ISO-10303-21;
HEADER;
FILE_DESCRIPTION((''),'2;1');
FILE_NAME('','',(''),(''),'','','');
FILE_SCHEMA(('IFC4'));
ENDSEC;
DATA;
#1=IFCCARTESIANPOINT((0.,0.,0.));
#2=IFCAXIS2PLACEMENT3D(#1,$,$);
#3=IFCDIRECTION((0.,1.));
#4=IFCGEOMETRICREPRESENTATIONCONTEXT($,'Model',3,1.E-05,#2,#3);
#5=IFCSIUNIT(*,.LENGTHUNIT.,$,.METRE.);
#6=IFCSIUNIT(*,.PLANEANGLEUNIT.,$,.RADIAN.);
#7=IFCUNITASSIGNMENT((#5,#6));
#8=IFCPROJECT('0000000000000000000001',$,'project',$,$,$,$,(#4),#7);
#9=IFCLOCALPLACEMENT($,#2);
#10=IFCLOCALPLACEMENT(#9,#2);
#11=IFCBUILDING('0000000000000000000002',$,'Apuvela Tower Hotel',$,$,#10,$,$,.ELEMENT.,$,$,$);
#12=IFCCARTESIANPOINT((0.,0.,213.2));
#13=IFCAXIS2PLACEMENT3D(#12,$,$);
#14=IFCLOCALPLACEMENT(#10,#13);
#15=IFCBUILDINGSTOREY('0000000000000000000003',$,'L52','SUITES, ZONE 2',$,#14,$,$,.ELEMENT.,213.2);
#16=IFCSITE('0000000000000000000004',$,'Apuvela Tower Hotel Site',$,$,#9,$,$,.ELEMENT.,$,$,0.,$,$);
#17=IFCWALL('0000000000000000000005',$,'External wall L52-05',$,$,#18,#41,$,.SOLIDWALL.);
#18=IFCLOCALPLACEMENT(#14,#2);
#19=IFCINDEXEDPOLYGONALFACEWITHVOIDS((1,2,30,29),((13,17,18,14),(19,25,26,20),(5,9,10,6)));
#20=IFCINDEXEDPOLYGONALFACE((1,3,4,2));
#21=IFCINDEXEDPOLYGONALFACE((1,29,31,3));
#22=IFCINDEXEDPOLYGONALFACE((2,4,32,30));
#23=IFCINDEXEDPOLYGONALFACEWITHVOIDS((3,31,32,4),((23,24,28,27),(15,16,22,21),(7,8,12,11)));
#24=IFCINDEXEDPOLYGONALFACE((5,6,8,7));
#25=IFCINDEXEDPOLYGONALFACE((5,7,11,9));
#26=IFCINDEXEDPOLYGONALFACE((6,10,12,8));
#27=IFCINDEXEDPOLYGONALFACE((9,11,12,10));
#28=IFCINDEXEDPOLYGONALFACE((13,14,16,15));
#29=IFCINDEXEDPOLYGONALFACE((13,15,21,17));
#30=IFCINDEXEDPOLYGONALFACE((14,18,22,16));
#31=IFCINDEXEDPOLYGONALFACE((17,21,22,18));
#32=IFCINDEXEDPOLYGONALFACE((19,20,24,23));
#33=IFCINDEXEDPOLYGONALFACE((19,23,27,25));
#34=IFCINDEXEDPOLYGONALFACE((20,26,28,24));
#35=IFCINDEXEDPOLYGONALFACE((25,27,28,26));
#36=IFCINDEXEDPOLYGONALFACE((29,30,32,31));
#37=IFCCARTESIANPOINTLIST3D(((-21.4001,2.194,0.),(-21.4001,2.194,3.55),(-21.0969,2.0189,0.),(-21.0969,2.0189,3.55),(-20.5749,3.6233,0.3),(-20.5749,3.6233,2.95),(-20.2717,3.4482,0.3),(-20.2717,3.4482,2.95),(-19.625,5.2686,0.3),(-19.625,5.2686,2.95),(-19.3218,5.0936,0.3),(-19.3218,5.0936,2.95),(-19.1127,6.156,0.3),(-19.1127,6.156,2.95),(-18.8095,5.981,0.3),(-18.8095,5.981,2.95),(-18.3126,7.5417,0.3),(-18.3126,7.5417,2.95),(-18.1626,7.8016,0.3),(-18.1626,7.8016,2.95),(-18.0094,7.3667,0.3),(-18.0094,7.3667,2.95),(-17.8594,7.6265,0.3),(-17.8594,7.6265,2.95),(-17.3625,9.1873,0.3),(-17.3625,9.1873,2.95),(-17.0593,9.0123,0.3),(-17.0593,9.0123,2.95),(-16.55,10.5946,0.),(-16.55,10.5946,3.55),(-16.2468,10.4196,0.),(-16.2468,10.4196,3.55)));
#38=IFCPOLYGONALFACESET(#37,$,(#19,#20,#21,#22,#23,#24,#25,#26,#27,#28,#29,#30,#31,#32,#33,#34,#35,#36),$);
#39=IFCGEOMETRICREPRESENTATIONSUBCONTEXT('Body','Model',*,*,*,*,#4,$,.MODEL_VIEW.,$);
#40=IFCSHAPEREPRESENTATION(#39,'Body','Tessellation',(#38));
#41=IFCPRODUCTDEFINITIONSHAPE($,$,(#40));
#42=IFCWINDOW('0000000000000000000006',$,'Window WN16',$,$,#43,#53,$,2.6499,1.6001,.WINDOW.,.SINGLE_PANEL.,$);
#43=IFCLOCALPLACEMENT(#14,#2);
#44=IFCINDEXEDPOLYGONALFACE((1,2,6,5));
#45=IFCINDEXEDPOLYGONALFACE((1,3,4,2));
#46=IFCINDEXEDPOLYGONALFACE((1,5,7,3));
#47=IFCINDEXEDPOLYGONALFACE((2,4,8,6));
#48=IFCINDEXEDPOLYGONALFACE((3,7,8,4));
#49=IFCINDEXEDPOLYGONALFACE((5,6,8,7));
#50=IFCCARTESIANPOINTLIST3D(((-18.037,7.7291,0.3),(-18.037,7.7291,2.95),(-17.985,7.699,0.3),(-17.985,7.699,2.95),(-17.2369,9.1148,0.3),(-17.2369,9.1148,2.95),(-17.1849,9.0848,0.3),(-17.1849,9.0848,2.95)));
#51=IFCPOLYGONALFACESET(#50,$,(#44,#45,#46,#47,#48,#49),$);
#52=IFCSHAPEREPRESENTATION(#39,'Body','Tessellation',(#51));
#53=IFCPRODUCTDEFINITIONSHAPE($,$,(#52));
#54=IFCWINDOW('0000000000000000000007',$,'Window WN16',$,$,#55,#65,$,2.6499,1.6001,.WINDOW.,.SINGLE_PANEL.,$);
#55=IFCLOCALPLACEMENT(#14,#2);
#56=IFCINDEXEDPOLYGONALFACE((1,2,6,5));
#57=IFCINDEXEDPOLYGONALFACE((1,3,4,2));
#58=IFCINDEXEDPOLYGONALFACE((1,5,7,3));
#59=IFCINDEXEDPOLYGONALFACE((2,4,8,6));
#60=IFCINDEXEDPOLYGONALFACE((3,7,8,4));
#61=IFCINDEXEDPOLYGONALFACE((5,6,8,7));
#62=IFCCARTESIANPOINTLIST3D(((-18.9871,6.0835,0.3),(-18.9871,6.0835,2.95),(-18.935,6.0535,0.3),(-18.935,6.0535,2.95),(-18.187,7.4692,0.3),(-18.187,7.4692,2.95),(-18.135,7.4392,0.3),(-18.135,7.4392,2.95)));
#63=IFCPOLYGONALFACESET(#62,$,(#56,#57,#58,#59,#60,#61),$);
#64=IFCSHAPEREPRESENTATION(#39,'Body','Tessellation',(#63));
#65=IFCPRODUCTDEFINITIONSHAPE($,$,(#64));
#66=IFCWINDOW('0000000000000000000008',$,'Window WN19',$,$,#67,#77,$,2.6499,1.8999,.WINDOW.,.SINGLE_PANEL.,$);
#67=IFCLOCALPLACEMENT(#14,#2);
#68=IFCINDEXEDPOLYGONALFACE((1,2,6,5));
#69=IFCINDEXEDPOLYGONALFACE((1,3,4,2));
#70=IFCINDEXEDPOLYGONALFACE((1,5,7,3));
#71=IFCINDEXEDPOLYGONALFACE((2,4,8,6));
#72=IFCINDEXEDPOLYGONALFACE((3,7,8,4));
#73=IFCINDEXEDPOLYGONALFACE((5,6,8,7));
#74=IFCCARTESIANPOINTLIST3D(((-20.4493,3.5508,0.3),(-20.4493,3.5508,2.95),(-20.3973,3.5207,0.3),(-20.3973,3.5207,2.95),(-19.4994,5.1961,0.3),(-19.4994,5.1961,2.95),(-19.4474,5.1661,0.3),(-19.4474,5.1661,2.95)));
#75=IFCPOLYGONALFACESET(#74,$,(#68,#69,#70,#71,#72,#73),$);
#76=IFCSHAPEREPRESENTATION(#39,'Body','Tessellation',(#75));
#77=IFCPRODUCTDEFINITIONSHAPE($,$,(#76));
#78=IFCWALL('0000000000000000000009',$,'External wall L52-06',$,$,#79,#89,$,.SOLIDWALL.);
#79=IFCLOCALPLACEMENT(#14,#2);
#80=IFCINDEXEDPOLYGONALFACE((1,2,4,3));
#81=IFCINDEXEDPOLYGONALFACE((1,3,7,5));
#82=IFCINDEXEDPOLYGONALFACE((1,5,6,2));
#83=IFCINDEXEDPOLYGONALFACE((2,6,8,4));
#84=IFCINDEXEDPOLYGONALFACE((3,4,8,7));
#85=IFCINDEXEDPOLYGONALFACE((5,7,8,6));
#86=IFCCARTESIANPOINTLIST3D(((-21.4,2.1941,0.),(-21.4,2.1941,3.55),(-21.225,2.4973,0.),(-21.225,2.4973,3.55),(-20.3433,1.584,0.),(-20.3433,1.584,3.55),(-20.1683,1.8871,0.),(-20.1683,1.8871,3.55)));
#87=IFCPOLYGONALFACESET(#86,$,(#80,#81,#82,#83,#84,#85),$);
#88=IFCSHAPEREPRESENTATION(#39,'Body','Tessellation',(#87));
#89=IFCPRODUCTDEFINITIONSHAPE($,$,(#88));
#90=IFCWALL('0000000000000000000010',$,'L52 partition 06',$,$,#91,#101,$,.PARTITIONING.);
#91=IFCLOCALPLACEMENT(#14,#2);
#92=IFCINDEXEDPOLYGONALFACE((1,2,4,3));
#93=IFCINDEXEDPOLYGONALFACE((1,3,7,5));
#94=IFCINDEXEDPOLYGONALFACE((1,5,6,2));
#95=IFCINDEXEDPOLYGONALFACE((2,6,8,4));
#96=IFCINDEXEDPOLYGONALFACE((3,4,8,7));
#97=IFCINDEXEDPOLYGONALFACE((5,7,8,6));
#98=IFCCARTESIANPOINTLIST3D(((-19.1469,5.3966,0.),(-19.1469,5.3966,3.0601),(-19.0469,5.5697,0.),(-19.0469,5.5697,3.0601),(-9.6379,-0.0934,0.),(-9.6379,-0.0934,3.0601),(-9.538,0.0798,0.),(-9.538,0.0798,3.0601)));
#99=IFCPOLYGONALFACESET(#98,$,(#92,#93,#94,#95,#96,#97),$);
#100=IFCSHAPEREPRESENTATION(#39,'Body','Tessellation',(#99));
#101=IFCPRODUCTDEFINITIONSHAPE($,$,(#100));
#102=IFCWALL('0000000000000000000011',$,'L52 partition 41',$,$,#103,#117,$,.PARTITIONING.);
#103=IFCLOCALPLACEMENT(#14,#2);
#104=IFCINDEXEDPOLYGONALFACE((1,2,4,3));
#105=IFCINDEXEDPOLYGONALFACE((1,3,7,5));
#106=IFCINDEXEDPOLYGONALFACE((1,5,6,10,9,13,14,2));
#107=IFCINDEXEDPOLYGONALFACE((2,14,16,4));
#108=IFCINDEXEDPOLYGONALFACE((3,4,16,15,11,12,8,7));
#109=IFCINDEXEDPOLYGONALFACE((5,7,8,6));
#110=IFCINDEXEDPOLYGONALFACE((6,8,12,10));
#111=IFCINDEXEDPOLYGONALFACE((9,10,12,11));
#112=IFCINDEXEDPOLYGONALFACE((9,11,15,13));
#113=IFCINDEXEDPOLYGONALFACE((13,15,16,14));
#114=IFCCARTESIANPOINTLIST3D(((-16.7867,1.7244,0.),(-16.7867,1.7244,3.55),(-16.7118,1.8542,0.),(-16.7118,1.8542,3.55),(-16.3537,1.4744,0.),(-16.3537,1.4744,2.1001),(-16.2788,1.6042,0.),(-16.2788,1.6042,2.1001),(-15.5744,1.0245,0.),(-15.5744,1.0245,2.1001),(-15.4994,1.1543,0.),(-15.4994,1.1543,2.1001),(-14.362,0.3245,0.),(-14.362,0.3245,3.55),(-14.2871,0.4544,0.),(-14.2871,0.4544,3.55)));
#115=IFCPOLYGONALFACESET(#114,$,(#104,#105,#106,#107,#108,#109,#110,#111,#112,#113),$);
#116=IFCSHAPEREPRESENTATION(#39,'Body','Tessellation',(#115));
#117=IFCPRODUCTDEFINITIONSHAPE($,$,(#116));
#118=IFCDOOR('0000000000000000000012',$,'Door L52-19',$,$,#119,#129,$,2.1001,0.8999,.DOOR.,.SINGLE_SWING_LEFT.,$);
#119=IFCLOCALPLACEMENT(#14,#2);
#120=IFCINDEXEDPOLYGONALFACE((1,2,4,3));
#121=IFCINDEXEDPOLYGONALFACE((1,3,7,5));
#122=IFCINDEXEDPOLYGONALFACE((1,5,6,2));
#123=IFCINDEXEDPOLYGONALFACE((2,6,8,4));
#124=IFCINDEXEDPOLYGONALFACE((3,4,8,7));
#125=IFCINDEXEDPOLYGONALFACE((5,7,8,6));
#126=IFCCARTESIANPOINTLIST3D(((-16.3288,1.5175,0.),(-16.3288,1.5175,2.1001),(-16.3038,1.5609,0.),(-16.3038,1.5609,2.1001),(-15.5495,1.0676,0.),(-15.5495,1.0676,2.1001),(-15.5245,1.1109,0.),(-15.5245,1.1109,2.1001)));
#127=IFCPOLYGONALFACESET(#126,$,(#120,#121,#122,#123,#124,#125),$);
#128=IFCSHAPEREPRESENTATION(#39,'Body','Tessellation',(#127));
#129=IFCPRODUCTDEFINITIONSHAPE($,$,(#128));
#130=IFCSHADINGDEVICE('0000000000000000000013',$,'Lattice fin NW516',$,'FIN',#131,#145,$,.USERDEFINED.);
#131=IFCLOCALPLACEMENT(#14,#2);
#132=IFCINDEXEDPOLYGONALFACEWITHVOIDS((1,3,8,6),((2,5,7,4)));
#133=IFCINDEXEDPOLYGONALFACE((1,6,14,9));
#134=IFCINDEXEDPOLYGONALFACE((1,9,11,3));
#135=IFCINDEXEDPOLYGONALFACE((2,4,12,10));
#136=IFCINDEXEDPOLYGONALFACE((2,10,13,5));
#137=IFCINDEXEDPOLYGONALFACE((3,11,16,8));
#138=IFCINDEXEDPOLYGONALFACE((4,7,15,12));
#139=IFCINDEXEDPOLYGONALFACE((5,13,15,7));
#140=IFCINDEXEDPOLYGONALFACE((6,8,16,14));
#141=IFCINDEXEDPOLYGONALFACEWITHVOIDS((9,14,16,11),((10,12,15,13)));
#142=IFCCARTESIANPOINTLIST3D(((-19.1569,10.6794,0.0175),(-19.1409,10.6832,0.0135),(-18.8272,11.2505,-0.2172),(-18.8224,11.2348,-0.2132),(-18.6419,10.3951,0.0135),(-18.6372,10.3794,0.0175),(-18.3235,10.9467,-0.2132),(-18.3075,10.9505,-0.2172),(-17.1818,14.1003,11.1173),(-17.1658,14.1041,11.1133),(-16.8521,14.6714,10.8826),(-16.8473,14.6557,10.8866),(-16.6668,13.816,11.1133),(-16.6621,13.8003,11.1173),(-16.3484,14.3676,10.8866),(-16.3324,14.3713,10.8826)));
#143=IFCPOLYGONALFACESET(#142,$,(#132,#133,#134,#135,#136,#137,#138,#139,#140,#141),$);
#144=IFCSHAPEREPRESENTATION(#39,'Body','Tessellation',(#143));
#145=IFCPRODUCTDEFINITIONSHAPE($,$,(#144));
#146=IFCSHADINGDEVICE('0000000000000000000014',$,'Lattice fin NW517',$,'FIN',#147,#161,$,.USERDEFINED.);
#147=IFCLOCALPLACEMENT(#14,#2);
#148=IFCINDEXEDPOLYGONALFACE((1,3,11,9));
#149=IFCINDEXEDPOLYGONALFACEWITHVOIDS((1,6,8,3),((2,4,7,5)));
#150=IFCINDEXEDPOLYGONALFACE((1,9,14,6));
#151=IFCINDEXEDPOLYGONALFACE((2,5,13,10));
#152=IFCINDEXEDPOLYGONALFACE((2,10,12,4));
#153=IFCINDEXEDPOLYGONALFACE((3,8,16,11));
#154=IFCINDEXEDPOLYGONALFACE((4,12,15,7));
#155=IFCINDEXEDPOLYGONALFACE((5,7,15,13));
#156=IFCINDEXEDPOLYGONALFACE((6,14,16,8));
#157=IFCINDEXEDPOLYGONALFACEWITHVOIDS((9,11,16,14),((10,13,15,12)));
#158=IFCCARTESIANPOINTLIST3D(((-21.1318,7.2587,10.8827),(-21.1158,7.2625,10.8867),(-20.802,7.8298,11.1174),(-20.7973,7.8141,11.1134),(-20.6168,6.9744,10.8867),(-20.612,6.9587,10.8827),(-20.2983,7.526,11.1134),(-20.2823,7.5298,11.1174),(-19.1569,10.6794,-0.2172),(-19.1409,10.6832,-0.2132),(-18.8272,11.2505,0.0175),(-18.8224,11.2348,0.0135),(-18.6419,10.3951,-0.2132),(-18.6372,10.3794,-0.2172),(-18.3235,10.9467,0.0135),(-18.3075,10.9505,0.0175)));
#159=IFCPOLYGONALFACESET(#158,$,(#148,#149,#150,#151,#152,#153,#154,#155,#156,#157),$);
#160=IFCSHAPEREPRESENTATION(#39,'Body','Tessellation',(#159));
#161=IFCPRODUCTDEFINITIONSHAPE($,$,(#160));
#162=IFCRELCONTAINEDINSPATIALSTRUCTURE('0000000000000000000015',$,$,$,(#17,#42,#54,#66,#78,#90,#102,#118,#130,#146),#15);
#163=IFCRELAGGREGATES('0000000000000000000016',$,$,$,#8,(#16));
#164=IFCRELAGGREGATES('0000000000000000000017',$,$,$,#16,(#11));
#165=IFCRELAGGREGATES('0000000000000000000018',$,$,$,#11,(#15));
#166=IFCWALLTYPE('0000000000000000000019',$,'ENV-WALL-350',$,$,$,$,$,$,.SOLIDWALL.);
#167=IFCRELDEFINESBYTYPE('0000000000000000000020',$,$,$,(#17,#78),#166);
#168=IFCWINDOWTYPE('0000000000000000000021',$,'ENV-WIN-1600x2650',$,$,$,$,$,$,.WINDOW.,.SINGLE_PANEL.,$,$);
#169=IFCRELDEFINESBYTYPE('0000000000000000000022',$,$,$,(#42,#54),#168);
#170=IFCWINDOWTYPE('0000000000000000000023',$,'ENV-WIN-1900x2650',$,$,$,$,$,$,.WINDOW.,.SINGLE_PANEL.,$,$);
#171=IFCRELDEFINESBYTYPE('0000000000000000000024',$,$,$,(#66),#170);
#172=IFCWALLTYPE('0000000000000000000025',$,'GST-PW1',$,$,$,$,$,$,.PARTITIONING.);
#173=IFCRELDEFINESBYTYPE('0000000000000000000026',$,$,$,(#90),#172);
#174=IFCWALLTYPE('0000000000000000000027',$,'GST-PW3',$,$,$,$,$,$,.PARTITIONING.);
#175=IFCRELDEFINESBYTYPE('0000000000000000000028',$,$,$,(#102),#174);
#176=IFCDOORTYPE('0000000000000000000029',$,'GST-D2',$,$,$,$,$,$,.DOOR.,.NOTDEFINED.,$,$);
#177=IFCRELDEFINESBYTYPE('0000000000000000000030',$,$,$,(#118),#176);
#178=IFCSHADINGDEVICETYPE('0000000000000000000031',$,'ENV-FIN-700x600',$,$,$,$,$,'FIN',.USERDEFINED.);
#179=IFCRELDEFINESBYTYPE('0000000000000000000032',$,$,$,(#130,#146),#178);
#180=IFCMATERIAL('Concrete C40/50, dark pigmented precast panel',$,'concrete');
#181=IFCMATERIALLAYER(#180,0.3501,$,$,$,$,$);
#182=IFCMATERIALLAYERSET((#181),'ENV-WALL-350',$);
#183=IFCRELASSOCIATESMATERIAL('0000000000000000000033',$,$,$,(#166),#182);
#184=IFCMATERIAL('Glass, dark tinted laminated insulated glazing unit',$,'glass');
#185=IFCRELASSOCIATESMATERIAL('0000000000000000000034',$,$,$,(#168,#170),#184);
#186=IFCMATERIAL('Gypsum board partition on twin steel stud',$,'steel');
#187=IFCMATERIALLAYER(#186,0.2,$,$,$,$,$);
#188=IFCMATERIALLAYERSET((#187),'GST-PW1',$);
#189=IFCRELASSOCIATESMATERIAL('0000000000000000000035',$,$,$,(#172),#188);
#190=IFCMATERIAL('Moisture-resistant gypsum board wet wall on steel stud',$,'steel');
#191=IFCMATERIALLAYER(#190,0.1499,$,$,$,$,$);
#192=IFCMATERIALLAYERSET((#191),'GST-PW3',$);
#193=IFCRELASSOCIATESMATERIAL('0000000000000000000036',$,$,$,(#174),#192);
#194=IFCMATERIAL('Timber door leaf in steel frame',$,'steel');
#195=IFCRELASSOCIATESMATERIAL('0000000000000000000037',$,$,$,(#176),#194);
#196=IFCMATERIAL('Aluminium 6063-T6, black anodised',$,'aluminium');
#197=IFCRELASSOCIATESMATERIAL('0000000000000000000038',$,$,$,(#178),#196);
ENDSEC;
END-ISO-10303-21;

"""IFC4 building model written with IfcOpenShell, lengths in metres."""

from ifc_helpers import new_model, si_unit, direction, frame, frame_2d, origin, origin_2d, place, context, subcontext, project, spatial, rectangle, hollow_rectangle, extrude, material, layer, layer_set, material_profile, profile_set, type_object, element, fill, save


model = new_model("IFC4")

# Units and contexts
model_context = context("Model", 3, precision=1e-05, world=origin(), true_north=direction((0.0, 1.0)))
body_context = subcontext(model_context, "Body", "Model", "MODEL_VIEW")
ifc_project = project(units=[si_unit("LENGTHUNIT", "METRE"), si_unit("PLANEANGLEUNIT", "RADIAN")], contexts=[model_context])

# Site, building, storey
site_placement = place(None, origin())
site = spatial("IfcSite", under=ifc_project, at=site_placement, Name="Apuvela Tower Hotel Site", CompositionType="ELEMENT", RefElevation=0.0)
building_placement = place(site_placement, origin())
building = spatial("IfcBuilding", under=site, at=building_placement, Name="Apuvela Tower Hotel", CompositionType="ELEMENT")
storey_placement = place(building_placement, frame((0.0, 0.0, 213.2)))
storey = spatial("IfcBuildingStorey", under=building, at=storey_placement, Name="L52", Description="SUITES, ZONE 2", CompositionType="ELEMENT", Elevation=213.2)

# Wall, openings, windows
ifc_material_1 = material(Name="Concrete C40/50, dark pigmented precast panel", Category="concrete")
ifc_layer_1 = layer(ifc_material_1, 0.3501)
ifc_layer_set_1 = layer_set([ifc_layer_1], Name="ENV-WALL-350")
wall_type_1 = type_object("IfcWallType", Name="ENV-WALL-350", PredefinedType="SOLIDWALL", material=ifc_layer_set_1)
wall_1_placement = place(storey_placement, frame((-16.3984, 10.5071, 0.0), z_axis=(0.0, 0.0, 1.0), x_axis=(-0.499999, -0.866026, 0.0)))
wall_1 = element("IfcWall", 1, at=wall_1_placement, inside=storey, type_object=wall_type_1, Name="External wall L52-05", PredefinedType="SOLIDWALL", context=body_context, shape_type="SweptSolid", body=[
    extrude(rectangle(XDim=9.7002, YDim=0.3501, at=frame_2d((4.8501, 0.0))), origin(), (0.0, 0.0, 1.0), 3.55),
])
opening_1_placement = place(wall_1_placement, frame((1.625, 0.0, 0.3)))
opening_1 = element("IfcOpeningElement", 2, at=opening_1_placement, cuts=wall_1, PredefinedType="OPENING", context=body_context, shape_type="SweptSolid", body=[
    extrude(rectangle(XDim=1.6001, YDim=2.6499, at=frame_2d((0.8, 1.325))), frame((0.0, 0.1851, 0.0), z_axis=(0.0, -1.0, 0.0), x_axis=(1.0, 0.0, 0.0)), (0.0, 0.0, 1.0), 0.3701),
])
opening_2_placement = place(wall_1_placement, frame((3.5251, 0.0, 0.3)))
opening_2 = element("IfcOpeningElement", 3, at=opening_2_placement, cuts=wall_1, PredefinedType="OPENING", context=body_context, shape_type="SweptSolid", body=[
    extrude(rectangle(XDim=1.6001, YDim=2.6499, at=frame_2d((0.8, 1.325))), frame((0.0, 0.1851, 0.0), z_axis=(0.0, -1.0, 0.0), x_axis=(1.0, 0.0, 0.0)), (0.0, 0.0, 1.0), 0.3701),
])
opening_3_placement = place(wall_1_placement, frame((6.1499, 0.0, 0.3)))
opening_3 = element("IfcOpeningElement", 4, at=opening_3_placement, cuts=wall_1, PredefinedType="OPENING", context=body_context, shape_type="SweptSolid", body=[
    extrude(rectangle(XDim=1.8999, YDim=2.6499, at=frame_2d((0.95, 1.325))), frame((0.0, 0.1851, 0.0), z_axis=(0.0, -1.0, 0.0), x_axis=(1.0, 0.0, 0.0)), (0.0, 0.0, 1.0), 0.3701),
])
ifc_material_2 = material(Name="Glass, dark tinted laminated insulated glazing unit", Category="glass")
window_type_1 = type_object("IfcWindowType", Name="ENV-WIN-1600x2650", PartitioningType="SINGLE_PANEL", PredefinedType="WINDOW", material=ifc_material_2)
window_1_placement = place(opening_1_placement, origin())
window_1 = element("IfcWindow", 5, at=window_1_placement, inside=storey, type_object=window_type_1, Name="Window WN16", OverallHeight=2.6499, OverallWidth=1.6001, PartitioningType="SINGLE_PANEL", PredefinedType="WINDOW", context=body_context, shape_type="SweptSolid", body=[
    extrude(rectangle(XDim=1.6001, YDim=2.6499, at=frame_2d((0.8, 1.325))), frame((0.0, 0.03, 0.0), z_axis=(0.0, -1.0, 0.0), x_axis=(1.0, 0.0, 0.0)), (0.0, 0.0, 1.0), 0.0601),
])
fill(opening_1, window_1)
window_2_placement = place(opening_2_placement, origin())
window_2 = element("IfcWindow", 6, at=window_2_placement, inside=storey, type_object=window_type_1, Name="Window WN16", OverallHeight=2.6499, OverallWidth=1.6001, PartitioningType="SINGLE_PANEL", PredefinedType="WINDOW", context=body_context, shape_type="SweptSolid", body=[
    extrude(rectangle(XDim=1.6001, YDim=2.6499, at=frame_2d((0.8, 1.325))), frame((0.0, 0.03, 0.0), z_axis=(0.0, -1.0, 0.0), x_axis=(1.0, 0.0, 0.0)), (0.0, 0.0, 1.0), 0.0601),
])
fill(opening_2, window_2)
window_type_2 = type_object("IfcWindowType", Name="ENV-WIN-1900x2650", PartitioningType="SINGLE_PANEL", PredefinedType="WINDOW", material=ifc_material_2)
window_3_placement = place(opening_3_placement, origin())
window_3 = element("IfcWindow", 7, at=window_3_placement, inside=storey, type_object=window_type_2, Name="Window WN19", OverallHeight=2.6499, OverallWidth=1.8999, PartitioningType="SINGLE_PANEL", PredefinedType="WINDOW", context=body_context, shape_type="SweptSolid", body=[
    extrude(rectangle(XDim=1.8999, YDim=2.6499, at=frame_2d((0.95, 1.325))), frame((0.0, 0.03, 0.0), z_axis=(0.0, -1.0, 0.0), x_axis=(1.0, 0.0, 0.0)), (0.0, 0.0, 1.0), 0.0601),
])
fill(opening_3, window_3)

# Wall
wall_2_placement = place(storey_placement, frame((-21.3125, 2.3457, 0.0), z_axis=(0.0, 0.0, 1.0), x_axis=(0.866006, -0.500034, 0.0)))
element("IfcWall", 8, at=wall_2_placement, inside=storey, type_object=wall_type_1, Name="External wall L52-06", PredefinedType="SOLIDWALL", context=body_context, shape_type="SweptSolid", body=[
    extrude(rectangle(XDim=1.2202, YDim=0.3501, at=frame_2d((0.6101, 0.0))), origin(), (0.0, 0.0, 1.0), 3.55),
])

# Wall
ifc_material_3 = material(Name="Gypsum board partition on twin steel stud", Category="steel")
ifc_layer_2 = layer(ifc_material_3, 0.2)
ifc_layer_set_2 = layer_set([ifc_layer_2], Name="GST-PW1")
wall_type_2 = type_object("IfcWallType", Name="GST-PW1", PredefinedType="PARTITIONING", material=ifc_layer_set_2)
wall_3_placement = place(storey_placement, frame((-19.0969, 5.4832, 0.0), z_axis=(0.0, 0.0, 1.0), x_axis=(0.866027, -0.499996, 0.0)))
element("IfcWall", 9, at=wall_3_placement, inside=storey, type_object=wall_type_2, Name="L52 partition 06", PredefinedType="PARTITIONING", context=body_context, shape_type="SweptSolid", body=[
    extrude(rectangle(XDim=10.98, YDim=0.2, at=frame_2d((5.49, 0.0))), origin(), (0.0, 0.0, 1.0), 3.0601),
])

# Wall, opening, door
ifc_material_4 = material(Name="Moisture-resistant gypsum board wet wall on steel stud", Category="steel")
ifc_layer_3 = layer(ifc_material_4, 0.1499)
ifc_layer_set_3 = layer_set([ifc_layer_3], Name="GST-PW3")
wall_type_3 = type_object("IfcWallType", Name="GST-PW3", PredefinedType="PARTITIONING", material=ifc_layer_set_3)
wall_4_placement = place(storey_placement, frame((-16.7493, 1.7893, 0.0), z_axis=(0.0, 0.0, 1.0), x_axis=(0.866035, -0.499984, 0.0)))
wall_4 = element("IfcWall", 10, at=wall_4_placement, inside=storey, type_object=wall_type_3, Name="L52 partition 41", PredefinedType="PARTITIONING", context=body_context, shape_type="SweptSolid", body=[
    extrude(rectangle(XDim=2.7998, YDim=0.1499, at=frame_2d((1.3999, 0.0))), origin(), (0.0, 0.0, 1.0), 3.55),
])
opening_4_placement = place(wall_4_placement, frame((0.5, 0.0, 0.0)))
opening_4 = element("IfcOpeningElement", 11, at=opening_4_placement, cuts=wall_4, PredefinedType="OPENING", context=body_context, shape_type="SweptSolid", body=[
    extrude(rectangle(XDim=0.8999, YDim=2.1001, at=frame_2d((0.45, 1.05))), frame((0.0, 0.085, 0.0), z_axis=(0.0, -1.0, 0.0), x_axis=(1.0, 0.0, 0.0)), (0.0, 0.0, 1.0), 0.1699),
])
ifc_material_5 = material(Name="Timber door leaf in steel frame", Category="steel")
door_type_1 = type_object("IfcDoorType", Name="GST-D2", OperationType="NOTDEFINED", PredefinedType="DOOR", material=ifc_material_5)
door_1_placement = place(opening_4_placement, origin())
door_1 = element("IfcDoor", 12, at=door_1_placement, inside=storey, type_object=door_type_1, Name="Door L52-19", OperationType="SINGLE_SWING_LEFT", OverallHeight=2.1001, OverallWidth=0.8999, PredefinedType="DOOR", context=body_context, shape_type="SweptSolid", body=[
    extrude(rectangle(XDim=0.8999, YDim=2.1001, at=frame_2d((0.45, 1.05))), frame((0.0, 0.0249, 0.0), z_axis=(0.0, -1.0, 0.0), x_axis=(1.0, 0.0, 0.0)), (0.0, 0.0, 1.0), 0.05),
])
fill(opening_4, door_1)

# Shading devices
ifc_material_6 = material(Name="Aluminium 6063-T6, black anodised", Category="aluminium")
ifc_material_profile_1 = material_profile(ifc_material_6, hollow_rectangle(XDim=0.6001, YDim=0.7, WallThickness=0.012, at=origin_2d()), Name="AL BOX 700x600x12")
ifc_profile_set_1 = profile_set([ifc_material_profile_1], Name="Aluminium 6063-T6, black anodised")
shading_device_type = type_object("IfcShadingDeviceType", Name="ENV-FIN-700x600", ElementType="FIN", PredefinedType="USERDEFINED", material=ifc_profile_set_1)
for number, where, z_axis, x_axis, name in (
    (13, (-18.7322, 10.8149, -0.0999), (0.16764, 0.290355, 0.94212), (-0.866021, 0.500008, 0.0), "Lattice fin NW516"),
    (14, (-18.7322, 10.8149, -0.0999), (-0.167621, -0.290337, 0.942129), (0.866032, -0.499988, 0.0), "Lattice fin NW517"),
):
    element("IfcShadingDevice", number, at=place(storey_placement, frame(where, z_axis=z_axis, x_axis=x_axis)), inside=storey, type_object=shading_device_type, Name=name, ObjectType="FIN", PredefinedType="USERDEFINED", context=body_context, shape_type="SweptSolid", body=[
        extrude(hollow_rectangle(XDim=0.6001, YDim=0.7, WallThickness=0.012, at=origin_2d()), origin(), (0.0, 0.0, 1.0), 11.7817),
    ])

save(model, "model.ifc")
